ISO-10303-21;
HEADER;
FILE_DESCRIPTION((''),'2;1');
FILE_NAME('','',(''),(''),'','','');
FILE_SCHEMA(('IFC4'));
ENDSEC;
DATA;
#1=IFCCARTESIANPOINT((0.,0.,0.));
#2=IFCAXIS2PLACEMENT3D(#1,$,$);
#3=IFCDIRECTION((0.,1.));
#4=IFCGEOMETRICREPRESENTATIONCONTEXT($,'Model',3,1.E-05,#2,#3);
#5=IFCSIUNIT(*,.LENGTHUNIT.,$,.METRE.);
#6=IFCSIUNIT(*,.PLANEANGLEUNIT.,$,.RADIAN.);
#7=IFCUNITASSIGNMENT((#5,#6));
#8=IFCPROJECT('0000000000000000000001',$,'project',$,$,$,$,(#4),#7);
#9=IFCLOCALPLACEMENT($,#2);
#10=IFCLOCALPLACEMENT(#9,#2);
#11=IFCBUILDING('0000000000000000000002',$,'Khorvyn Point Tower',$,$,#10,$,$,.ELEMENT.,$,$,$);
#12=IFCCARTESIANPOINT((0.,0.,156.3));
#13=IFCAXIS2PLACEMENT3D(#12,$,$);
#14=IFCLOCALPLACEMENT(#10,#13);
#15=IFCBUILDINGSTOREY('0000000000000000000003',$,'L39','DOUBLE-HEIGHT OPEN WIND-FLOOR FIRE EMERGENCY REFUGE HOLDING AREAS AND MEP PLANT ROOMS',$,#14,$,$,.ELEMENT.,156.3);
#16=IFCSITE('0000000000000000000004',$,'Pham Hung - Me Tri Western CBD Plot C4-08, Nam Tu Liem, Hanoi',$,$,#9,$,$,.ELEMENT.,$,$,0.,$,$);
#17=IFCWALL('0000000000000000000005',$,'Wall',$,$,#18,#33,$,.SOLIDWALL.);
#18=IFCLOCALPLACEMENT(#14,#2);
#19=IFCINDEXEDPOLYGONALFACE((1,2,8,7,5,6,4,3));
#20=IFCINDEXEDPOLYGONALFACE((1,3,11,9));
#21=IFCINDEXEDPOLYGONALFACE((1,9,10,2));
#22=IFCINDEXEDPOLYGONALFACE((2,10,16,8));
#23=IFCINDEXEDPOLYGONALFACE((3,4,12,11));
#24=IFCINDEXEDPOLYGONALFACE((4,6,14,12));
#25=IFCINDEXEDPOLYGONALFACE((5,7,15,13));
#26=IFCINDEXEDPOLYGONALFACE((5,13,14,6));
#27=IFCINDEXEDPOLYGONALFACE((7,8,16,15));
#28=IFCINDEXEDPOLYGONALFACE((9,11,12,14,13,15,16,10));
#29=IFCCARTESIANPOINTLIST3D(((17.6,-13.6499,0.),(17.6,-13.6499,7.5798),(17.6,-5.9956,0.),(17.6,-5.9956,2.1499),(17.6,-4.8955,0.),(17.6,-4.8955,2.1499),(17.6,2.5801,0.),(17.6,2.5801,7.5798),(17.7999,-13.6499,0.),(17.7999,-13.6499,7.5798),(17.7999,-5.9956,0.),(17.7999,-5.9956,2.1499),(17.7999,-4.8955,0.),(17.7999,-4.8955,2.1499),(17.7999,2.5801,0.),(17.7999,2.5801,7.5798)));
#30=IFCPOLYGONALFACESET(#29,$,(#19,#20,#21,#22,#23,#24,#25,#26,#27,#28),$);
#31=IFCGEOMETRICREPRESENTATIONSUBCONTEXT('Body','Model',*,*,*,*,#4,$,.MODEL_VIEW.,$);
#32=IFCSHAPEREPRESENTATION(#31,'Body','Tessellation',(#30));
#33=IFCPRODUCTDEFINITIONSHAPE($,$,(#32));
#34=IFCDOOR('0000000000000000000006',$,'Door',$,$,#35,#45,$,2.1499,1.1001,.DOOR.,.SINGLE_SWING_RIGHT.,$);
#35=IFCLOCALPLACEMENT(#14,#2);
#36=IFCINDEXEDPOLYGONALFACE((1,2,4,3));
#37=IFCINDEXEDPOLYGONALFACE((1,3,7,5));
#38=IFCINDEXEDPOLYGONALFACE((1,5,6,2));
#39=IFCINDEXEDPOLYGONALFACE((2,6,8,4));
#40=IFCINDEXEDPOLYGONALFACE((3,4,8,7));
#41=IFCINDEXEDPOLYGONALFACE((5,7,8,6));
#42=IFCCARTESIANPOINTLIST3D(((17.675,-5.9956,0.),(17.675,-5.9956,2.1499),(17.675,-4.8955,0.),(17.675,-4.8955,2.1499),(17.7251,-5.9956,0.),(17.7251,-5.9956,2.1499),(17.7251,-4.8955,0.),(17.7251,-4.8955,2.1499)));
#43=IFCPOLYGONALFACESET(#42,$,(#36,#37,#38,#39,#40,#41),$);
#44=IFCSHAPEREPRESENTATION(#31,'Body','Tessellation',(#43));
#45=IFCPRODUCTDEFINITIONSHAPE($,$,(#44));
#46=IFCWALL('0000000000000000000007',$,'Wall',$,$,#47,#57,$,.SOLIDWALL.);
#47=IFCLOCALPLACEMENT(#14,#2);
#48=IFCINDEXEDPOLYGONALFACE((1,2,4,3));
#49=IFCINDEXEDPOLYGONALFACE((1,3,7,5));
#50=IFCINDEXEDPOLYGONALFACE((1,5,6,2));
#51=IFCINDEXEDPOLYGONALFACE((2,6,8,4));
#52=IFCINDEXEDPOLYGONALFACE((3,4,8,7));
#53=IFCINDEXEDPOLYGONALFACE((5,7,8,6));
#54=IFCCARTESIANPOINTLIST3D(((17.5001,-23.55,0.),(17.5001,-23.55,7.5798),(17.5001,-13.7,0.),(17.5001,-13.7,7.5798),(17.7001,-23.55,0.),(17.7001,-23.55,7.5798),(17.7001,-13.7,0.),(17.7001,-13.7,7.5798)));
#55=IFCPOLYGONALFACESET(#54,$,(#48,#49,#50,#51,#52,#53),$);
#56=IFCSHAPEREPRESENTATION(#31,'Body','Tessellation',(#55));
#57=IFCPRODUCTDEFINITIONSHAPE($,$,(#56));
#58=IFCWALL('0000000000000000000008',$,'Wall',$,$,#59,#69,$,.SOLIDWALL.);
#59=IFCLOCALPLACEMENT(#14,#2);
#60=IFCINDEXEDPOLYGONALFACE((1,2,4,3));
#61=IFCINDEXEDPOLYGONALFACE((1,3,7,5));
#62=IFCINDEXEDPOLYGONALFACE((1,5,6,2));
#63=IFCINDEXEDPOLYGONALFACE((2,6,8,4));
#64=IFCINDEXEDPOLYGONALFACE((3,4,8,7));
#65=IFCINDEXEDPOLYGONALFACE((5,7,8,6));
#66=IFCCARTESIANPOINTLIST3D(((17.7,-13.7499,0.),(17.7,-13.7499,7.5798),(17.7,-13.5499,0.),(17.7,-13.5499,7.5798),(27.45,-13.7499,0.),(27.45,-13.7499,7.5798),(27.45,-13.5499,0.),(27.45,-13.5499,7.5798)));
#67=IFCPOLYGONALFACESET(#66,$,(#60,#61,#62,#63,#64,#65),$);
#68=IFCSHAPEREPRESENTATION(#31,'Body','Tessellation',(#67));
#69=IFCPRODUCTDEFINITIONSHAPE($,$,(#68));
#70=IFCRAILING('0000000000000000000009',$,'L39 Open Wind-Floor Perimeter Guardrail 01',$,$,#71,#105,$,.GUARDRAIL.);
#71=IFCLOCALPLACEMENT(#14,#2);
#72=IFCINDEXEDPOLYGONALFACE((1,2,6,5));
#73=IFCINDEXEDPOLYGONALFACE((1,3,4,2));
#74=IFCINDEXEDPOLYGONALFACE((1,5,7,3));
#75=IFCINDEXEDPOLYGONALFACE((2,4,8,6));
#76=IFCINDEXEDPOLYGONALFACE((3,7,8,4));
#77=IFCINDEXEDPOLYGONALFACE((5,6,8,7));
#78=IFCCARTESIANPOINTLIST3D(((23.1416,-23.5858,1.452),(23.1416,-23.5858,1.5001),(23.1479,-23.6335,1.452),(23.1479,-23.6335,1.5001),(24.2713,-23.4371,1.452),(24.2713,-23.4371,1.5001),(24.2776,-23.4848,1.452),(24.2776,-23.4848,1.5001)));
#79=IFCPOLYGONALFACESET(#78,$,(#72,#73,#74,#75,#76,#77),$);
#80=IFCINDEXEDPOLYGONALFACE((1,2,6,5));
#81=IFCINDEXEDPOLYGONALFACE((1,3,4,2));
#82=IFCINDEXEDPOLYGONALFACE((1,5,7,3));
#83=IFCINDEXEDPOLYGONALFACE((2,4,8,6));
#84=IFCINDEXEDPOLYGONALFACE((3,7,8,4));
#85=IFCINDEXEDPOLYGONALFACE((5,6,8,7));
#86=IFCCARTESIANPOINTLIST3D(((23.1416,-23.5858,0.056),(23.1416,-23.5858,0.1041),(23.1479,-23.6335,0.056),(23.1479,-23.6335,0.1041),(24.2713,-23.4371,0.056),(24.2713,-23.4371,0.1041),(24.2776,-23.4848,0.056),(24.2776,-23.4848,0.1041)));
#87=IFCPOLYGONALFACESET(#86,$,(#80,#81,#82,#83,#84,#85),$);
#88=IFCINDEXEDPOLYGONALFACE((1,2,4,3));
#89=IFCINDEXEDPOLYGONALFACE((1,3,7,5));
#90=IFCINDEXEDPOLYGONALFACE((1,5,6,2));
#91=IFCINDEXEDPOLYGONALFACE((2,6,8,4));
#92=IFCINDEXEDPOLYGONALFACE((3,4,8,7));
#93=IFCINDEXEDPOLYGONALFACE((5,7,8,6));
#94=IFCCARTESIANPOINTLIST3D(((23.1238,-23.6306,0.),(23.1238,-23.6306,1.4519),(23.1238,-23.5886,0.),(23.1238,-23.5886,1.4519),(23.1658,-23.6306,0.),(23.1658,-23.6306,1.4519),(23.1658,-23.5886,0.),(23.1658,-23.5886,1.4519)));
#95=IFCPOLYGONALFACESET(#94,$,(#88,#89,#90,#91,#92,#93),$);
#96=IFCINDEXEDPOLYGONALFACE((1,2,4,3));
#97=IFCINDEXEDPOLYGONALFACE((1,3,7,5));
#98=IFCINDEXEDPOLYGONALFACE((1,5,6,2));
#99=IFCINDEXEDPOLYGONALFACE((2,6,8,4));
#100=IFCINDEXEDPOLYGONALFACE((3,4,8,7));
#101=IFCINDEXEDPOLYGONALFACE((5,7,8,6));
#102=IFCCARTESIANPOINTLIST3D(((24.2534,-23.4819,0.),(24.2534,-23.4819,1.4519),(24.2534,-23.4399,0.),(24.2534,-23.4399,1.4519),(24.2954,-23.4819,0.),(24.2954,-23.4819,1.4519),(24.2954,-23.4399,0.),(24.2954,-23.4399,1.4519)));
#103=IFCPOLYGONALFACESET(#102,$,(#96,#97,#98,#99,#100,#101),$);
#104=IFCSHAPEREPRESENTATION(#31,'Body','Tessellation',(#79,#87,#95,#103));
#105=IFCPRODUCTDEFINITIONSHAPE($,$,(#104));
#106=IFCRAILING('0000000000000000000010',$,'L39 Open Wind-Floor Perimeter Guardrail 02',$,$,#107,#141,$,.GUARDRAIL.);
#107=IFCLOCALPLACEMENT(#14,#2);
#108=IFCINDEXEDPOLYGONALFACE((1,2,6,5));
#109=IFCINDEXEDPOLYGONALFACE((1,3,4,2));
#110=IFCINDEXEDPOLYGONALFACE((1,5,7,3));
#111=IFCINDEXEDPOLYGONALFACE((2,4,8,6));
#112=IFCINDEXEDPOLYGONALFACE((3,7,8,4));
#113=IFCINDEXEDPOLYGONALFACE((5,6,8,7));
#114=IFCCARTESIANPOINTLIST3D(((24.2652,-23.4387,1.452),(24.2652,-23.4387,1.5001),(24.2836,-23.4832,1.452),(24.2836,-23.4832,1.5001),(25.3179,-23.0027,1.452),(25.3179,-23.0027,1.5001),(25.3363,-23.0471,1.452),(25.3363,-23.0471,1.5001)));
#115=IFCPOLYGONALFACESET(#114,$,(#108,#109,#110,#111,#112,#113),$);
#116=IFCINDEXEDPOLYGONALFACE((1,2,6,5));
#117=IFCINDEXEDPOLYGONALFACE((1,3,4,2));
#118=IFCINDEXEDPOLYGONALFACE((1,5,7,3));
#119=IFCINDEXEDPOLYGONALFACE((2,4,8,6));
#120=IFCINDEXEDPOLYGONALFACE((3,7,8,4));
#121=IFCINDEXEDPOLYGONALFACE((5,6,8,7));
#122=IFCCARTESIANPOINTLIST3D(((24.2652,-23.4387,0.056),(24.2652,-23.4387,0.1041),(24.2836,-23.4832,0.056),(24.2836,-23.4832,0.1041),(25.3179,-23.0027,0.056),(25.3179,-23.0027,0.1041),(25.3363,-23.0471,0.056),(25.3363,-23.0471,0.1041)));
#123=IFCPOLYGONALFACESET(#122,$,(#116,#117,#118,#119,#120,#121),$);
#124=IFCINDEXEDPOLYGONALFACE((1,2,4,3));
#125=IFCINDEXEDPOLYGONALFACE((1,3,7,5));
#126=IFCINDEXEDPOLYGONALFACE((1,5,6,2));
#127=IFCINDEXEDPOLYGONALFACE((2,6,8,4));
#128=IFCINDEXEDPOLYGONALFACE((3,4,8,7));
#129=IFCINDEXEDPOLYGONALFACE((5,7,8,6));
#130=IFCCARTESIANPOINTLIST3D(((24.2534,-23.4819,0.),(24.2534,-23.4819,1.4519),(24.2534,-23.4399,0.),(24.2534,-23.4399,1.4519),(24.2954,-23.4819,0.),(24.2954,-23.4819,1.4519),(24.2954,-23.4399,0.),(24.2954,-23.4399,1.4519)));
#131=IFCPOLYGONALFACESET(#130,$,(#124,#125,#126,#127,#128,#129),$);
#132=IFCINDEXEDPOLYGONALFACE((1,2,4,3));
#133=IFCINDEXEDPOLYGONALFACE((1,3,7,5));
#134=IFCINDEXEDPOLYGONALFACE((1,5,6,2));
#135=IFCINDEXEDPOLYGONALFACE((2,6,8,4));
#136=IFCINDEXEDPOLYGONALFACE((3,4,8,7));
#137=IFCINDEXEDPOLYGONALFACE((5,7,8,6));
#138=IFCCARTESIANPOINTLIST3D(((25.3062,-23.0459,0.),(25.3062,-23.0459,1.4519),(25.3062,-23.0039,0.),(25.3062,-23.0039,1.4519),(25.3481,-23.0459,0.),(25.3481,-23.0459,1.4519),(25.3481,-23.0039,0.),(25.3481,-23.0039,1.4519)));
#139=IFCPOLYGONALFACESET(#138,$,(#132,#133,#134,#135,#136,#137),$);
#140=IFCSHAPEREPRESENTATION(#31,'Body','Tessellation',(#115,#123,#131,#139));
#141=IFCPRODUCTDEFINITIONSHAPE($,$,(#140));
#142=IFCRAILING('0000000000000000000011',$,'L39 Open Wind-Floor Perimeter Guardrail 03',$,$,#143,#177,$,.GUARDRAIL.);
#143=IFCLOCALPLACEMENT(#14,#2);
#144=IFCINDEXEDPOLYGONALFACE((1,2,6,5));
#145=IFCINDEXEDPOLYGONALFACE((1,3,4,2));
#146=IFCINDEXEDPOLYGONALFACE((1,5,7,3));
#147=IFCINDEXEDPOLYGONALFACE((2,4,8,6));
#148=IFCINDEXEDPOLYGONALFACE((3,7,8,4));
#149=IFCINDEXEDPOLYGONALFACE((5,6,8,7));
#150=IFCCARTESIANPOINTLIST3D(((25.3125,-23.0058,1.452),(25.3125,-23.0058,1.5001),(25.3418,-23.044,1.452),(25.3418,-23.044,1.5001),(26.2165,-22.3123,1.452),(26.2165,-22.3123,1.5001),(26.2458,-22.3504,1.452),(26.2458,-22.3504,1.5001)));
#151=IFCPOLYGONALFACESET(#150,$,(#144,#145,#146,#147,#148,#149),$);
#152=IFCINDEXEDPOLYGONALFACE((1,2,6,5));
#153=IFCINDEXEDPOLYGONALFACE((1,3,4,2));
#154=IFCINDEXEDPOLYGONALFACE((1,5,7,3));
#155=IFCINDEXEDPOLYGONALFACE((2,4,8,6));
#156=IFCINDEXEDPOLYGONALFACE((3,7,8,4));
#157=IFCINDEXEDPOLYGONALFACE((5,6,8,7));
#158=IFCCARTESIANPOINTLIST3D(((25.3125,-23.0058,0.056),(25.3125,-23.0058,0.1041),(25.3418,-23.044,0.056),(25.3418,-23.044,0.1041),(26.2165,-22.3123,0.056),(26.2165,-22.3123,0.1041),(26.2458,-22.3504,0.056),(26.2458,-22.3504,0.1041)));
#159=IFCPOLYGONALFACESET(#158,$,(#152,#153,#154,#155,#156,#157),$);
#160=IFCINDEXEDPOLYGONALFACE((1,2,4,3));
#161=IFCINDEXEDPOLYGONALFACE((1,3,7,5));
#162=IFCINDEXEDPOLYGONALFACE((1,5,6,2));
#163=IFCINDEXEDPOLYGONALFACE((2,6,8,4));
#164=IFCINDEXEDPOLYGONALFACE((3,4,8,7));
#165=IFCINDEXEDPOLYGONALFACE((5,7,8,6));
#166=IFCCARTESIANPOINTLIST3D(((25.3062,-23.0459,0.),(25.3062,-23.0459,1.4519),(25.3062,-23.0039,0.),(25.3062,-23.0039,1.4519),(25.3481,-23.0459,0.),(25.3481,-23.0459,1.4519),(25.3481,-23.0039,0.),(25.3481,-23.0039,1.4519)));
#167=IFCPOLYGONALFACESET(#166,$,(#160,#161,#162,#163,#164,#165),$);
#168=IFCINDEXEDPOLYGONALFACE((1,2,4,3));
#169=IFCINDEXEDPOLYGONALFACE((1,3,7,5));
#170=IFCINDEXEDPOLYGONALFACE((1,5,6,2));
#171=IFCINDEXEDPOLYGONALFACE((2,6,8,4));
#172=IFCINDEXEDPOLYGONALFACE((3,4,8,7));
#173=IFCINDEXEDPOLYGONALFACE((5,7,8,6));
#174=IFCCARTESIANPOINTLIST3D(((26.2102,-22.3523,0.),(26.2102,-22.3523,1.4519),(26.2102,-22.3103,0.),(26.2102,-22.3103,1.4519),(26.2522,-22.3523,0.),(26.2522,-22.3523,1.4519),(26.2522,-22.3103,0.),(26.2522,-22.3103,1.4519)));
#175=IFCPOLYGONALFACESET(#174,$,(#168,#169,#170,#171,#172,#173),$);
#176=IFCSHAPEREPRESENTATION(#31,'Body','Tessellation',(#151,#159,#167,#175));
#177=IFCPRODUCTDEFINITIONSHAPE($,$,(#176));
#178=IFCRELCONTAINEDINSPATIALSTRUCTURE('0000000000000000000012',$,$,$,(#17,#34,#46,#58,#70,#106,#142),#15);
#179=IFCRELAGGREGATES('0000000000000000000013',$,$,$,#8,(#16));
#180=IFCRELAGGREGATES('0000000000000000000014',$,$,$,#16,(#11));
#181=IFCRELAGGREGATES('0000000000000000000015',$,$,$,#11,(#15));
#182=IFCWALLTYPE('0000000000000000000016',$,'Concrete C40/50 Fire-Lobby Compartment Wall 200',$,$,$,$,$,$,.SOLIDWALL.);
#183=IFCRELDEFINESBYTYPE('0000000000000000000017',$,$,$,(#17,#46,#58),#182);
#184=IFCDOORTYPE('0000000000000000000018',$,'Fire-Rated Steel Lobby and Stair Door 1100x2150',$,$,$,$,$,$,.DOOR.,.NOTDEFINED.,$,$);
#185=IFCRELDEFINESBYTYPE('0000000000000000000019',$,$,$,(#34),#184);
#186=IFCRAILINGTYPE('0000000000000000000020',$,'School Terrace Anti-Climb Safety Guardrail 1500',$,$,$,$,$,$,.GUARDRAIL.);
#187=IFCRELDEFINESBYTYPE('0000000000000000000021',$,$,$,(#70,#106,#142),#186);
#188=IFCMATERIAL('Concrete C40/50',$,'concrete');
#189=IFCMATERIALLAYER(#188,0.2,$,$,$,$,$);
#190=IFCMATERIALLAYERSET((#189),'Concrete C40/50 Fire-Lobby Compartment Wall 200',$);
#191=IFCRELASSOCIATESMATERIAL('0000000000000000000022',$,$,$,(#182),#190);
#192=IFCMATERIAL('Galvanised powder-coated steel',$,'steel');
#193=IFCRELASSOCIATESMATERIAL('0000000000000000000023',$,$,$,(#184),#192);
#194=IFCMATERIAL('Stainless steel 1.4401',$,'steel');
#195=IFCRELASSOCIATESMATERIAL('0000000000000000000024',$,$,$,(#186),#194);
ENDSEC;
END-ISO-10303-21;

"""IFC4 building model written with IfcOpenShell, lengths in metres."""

from ifc_helpers import new_model, si_unit, direction, frame, frame_2d, origin, origin_2d, place, context, subcontext, project, spatial, rectangle, extrude, material, layer, layer_set, type_object, element, fill, save


model = new_model("IFC4")

# Units and contexts
model_context = context("Model", 3, precision=1e-05, world=origin(), true_north=direction((0.0, 1.0)))
body_context = subcontext(model_context, "Body", "Model", "MODEL_VIEW")
ifc_project = project(units=[si_unit("LENGTHUNIT", "METRE"), si_unit("PLANEANGLEUNIT", "RADIAN")], contexts=[model_context])

# Site, building, storey
site_placement = place(None, origin())
site = spatial("IfcSite", under=ifc_project, at=site_placement, Name="Pham Hung - Me Tri Western CBD Plot C4-08, Nam Tu Liem, Hanoi", CompositionType="ELEMENT", RefElevation=0.0)
building_placement = place(site_placement, origin())
building = spatial("IfcBuilding", under=site, at=building_placement, Name="Khorvyn Point Tower", CompositionType="ELEMENT")
storey_placement = place(building_placement, frame((0.0, 0.0, 156.3)))
storey = spatial("IfcBuildingStorey", under=building, at=storey_placement, Name="L39", Description="DOUBLE-HEIGHT OPEN WIND-FLOOR FIRE EMERGENCY REFUGE HOLDING AREAS AND MEP PLANT ROOMS", CompositionType="ELEMENT", Elevation=156.3)

# Wall, opening, door
ifc_material_1 = material(Name="Concrete C40/50", Category="concrete")
ifc_layer_1 = layer(ifc_material_1, 0.2)
ifc_layer_set_1 = layer_set([ifc_layer_1], Name="Concrete C40/50 Fire-Lobby Compartment Wall 200")
wall_type = type_object("IfcWallType", Name="Concrete C40/50 Fire-Lobby Compartment Wall 200", PredefinedType="SOLIDWALL", material=ifc_layer_set_1)
wall_1_placement = place(storey_placement, frame((17.7, -13.6499, 0.0), z_axis=(0.0, 0.0, 1.0), x_axis=(0.0, 1.0, 0.0)))
wall_1 = element("IfcWall", 1, at=wall_1_placement, inside=storey, type_object=wall_type, Name="Wall", PredefinedType="SOLIDWALL", context=body_context, shape_type="SweptSolid", body=[
    extrude(rectangle(XDim=16.23, YDim=0.2, at=frame_2d((8.115, 0.0))), origin(), (0.0, 0.0, 1.0), 7.5798),
])
opening_placement = place(wall_1_placement, frame((7.6543, 0.0, 0.0)))
opening = element("IfcOpeningElement", 2, at=opening_placement, cuts=wall_1, PredefinedType="OPENING", context=body_context, shape_type="SweptSolid", body=[
    extrude(rectangle(XDim=1.1001, YDim=2.1499, at=frame_2d((0.55, 1.075))), frame((0.0, 0.1099, 0.0), z_axis=(0.0, -1.0, 0.0), x_axis=(1.0, 0.0, 0.0)), (0.0, 0.0, 1.0), 0.22),
])
ifc_material_2 = material(Name="Galvanised powder-coated steel", Category="steel")
door_type = type_object("IfcDoorType", Name="Fire-Rated Steel Lobby and Stair Door 1100x2150", OperationType="NOTDEFINED", PredefinedType="DOOR", material=ifc_material_2)
door_placement = place(opening_placement, origin())
door = element("IfcDoor", 3, at=door_placement, inside=storey, type_object=door_type, Name="Door", OperationType="SINGLE_SWING_RIGHT", OverallHeight=2.1499, OverallWidth=1.1001, PredefinedType="DOOR", context=body_context, shape_type="SweptSolid", body=[
    extrude(rectangle(XDim=1.1001, YDim=2.1499, at=frame_2d((0.55, 1.075))), frame((0.0, 0.0249, 0.0), z_axis=(0.0, -1.0, 0.0), x_axis=(1.0, 0.0, 0.0)), (0.0, 0.0, 1.0), 0.05),
])
fill(opening, door)

# Walls
wall_2_placement = place(storey_placement, frame((17.6001, -23.55, 0.0), z_axis=(0.0, 0.0, 1.0), x_axis=(0.0, 1.0, 0.0)))
element("IfcWall", 4, at=wall_2_placement, inside=storey, type_object=wall_type, Name="Wall", PredefinedType="SOLIDWALL", context=body_context, shape_type="SweptSolid", body=[
    extrude(rectangle(XDim=9.8501, YDim=0.2, at=frame_2d((4.925, 0.0))), origin(), (0.0, 0.0, 1.0), 7.5798),
])
wall_3_placement = place(storey_placement, frame((17.7, -13.6499, 0.0), z_axis=(0.0, 0.0, 1.0), x_axis=(1.0, 0.0, 0.0)))
element("IfcWall", 5, at=wall_3_placement, inside=storey, type_object=wall_type, Name="Wall", PredefinedType="SOLIDWALL", context=body_context, shape_type="SweptSolid", body=[
    extrude(rectangle(XDim=9.75, YDim=0.2, at=frame_2d((4.875, 0.0))), origin(), (0.0, 0.0, 1.0), 7.5798),
])

# Railings
ifc_material_3 = material(Name="Stainless steel 1.4401", Category="steel")
railing_type = type_object("IfcRailingType", Name="School Terrace Anti-Climb Safety Guardrail 1500", PredefinedType="GUARDRAIL", material=ifc_material_3)
railing_1_placement = place(storey_placement, frame((23.1448, -23.6096, 0.0)))
element("IfcRailing", 6, at=railing_1_placement, inside=storey, type_object=railing_type, Name="L39 Open Wind-Floor Perimeter Guardrail 01", PredefinedType="GUARDRAIL", context=body_context, shape_type="SweptSolid", body=[
    extrude(rectangle(XDim=0.0481, YDim=0.0481, at=origin_2d()), frame((0.0, 0.0, 1.4761), z_axis=(0.991449, 0.130493, 0.0), x_axis=(-0.130493, 0.991449, 0.0)), (0.0, 0.0, 1.0), 1.1394),
    extrude(rectangle(XDim=0.0481, YDim=0.0481, at=origin_2d()), frame((0.0, 0.0, 0.0801), z_axis=(0.991449, 0.130493, 0.0), x_axis=(-0.130493, 0.991449, 0.0)), (0.0, 0.0, 1.0), 1.1394),
    extrude(rectangle(XDim=0.042, YDim=0.042, at=origin_2d()), origin(), (0.0, 0.0, 1.0), 1.4519),
    extrude(rectangle(XDim=0.042, YDim=0.042, at=origin_2d()), frame((1.1296, 0.1487, 0.0)), (0.0, 0.0, 1.0), 1.4519),
])
railing_2_placement = place(storey_placement, frame((24.2744, -23.4609, 0.0)))
element("IfcRailing", 7, at=railing_2_placement, inside=storey, type_object=railing_type, Name="L39 Open Wind-Floor Perimeter Guardrail 02", PredefinedType="GUARDRAIL", context=body_context, shape_type="SweptSolid", body=[
    extrude(rectangle(XDim=0.0481, YDim=0.0481, at=origin_2d()), frame((0.0, 0.0, 1.4761), z_axis=(0.923886, 0.382667, 0.0), x_axis=(-0.382667, 0.923886, 0.0)), (0.0, 0.0, 1.0), 1.1394),
    extrude(rectangle(XDim=0.0481, YDim=0.0481, at=origin_2d()), frame((0.0, 0.0, 0.0801), z_axis=(0.923886, 0.382667, 0.0), x_axis=(-0.382667, 0.923886, 0.0)), (0.0, 0.0, 1.0), 1.1394),
    extrude(rectangle(XDim=0.042, YDim=0.042, at=origin_2d()), origin(), (0.0, 0.0, 1.0), 1.4519),
    extrude(rectangle(XDim=0.042, YDim=0.042, at=origin_2d()), frame((1.0527, 0.436, 0.0)), (0.0, 0.0, 1.0), 1.4519),
])
railing_3_placement = place(storey_placement, frame((25.3271, -23.0249, 0.0)))
element("IfcRailing", 8, at=railing_3_placement, inside=storey, type_object=railing_type, Name="L39 Open Wind-Floor Perimeter Guardrail 03", PredefinedType="GUARDRAIL", context=body_context, shape_type="SweptSolid", body=[
    extrude(rectangle(XDim=0.0481, YDim=0.0481, at=origin_2d()), frame((0.0, 0.0, 1.4761), z_axis=(0.793396, 0.608706, 0.0), x_axis=(-0.608706, 0.793396, 0.0)), (0.0, 0.0, 1.0), 1.1394),
    extrude(rectangle(XDim=0.0481, YDim=0.0481, at=origin_2d()), frame((0.0, 0.0, 0.0801), z_axis=(0.793396, 0.608706, 0.0), x_axis=(-0.608706, 0.793396, 0.0)), (0.0, 0.0, 1.0), 1.1394),
    extrude(rectangle(XDim=0.042, YDim=0.042, at=origin_2d()), origin(), (0.0, 0.0, 1.0), 1.4519),
    extrude(rectangle(XDim=0.042, YDim=0.042, at=origin_2d()), frame((0.9041, 0.6936, 0.0)), (0.0, 0.0, 1.0), 1.4519),
])

save(model, "model.ifc")
